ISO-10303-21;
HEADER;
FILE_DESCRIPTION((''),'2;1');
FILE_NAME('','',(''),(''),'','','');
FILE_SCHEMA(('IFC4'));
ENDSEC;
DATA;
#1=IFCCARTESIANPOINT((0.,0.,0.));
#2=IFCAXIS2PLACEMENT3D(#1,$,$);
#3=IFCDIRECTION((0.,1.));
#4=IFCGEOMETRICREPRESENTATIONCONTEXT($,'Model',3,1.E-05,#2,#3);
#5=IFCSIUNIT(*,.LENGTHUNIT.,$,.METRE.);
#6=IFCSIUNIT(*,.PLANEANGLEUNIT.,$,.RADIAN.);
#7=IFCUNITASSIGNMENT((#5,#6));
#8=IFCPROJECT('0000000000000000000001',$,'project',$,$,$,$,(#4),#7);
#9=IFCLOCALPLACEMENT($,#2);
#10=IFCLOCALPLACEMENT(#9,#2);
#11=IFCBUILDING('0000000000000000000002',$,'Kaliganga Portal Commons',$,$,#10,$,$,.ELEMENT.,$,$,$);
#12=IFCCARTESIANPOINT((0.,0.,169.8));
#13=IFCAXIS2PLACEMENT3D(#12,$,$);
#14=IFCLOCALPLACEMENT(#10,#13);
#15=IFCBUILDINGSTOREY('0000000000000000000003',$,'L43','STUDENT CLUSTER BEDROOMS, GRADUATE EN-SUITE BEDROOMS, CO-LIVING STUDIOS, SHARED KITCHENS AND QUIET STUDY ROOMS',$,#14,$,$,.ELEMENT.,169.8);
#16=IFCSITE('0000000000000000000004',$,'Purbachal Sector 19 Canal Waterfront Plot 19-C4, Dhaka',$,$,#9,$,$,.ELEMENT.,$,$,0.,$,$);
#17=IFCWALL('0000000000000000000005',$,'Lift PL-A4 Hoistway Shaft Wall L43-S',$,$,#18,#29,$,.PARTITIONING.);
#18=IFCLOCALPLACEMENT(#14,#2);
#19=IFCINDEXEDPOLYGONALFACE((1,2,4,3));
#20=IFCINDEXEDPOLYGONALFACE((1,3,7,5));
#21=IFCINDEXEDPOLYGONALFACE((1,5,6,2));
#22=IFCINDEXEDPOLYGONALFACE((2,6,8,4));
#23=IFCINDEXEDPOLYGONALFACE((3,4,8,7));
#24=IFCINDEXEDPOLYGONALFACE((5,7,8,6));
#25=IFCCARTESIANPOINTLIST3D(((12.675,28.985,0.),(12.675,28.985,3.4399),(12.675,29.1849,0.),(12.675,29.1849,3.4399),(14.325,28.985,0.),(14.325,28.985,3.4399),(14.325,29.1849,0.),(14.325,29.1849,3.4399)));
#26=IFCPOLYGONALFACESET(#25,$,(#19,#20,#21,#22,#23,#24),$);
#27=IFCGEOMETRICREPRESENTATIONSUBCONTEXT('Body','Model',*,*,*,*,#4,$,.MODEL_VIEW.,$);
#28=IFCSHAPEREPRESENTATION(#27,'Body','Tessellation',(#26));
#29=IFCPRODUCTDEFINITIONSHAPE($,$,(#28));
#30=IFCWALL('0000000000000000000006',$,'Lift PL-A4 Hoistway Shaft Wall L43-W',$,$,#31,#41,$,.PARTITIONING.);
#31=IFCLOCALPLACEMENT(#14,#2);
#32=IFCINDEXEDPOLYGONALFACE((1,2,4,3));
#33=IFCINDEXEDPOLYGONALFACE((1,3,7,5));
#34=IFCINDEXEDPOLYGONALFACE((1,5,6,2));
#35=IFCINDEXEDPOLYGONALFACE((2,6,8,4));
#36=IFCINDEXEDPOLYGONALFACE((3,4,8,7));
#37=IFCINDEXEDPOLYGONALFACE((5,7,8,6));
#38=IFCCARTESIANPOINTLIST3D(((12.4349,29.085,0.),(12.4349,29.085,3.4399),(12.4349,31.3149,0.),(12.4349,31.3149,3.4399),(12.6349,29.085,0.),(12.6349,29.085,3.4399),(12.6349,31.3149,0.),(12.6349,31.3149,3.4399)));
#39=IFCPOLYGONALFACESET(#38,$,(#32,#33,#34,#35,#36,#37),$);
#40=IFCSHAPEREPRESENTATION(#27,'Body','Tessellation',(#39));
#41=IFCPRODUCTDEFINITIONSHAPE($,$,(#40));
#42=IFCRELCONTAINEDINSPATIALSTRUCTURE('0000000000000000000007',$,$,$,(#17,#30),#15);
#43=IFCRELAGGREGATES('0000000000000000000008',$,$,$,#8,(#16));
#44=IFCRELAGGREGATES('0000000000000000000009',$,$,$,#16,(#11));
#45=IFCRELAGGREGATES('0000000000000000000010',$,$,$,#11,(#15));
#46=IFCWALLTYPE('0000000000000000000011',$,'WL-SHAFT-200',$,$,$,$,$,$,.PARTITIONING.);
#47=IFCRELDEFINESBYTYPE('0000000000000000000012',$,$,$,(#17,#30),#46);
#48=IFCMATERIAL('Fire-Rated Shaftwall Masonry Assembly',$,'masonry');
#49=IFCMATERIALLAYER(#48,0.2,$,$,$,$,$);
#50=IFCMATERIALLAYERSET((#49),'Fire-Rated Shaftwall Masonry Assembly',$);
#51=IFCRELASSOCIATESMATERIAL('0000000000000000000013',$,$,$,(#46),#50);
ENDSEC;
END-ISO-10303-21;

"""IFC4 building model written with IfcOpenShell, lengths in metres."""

from ifc_helpers import new_model, si_unit, direction, frame, frame_2d, origin, place, context, subcontext, project, spatial, rectangle, extrude, material, layer, layer_set, type_object, element, save


model = new_model("IFC4")

# Units and contexts
model_context = context("Model", 3, precision=1e-05, world=origin(), true_north=direction((0.0, 1.0)))
body_context = subcontext(model_context, "Body", "Model", "MODEL_VIEW")
ifc_project = project(units=[si_unit("LENGTHUNIT", "METRE"), si_unit("PLANEANGLEUNIT", "RADIAN")], contexts=[model_context])

# Site, building, storey
site_placement = place(None, origin())
site = spatial("IfcSite", under=ifc_project, at=site_placement, Name="Purbachal Sector 19 Canal Waterfront Plot 19-C4, Dhaka", CompositionType="ELEMENT", RefElevation=0.0)
building_placement = place(site_placement, origin())
building = spatial("IfcBuilding", under=site, at=building_placement, Name="Kaliganga Portal Commons", CompositionType="ELEMENT")
storey_placement = place(building_placement, frame((0.0, 0.0, 169.8)))
storey = spatial("IfcBuildingStorey", under=building, at=storey_placement, Name="L43", Description="STUDENT CLUSTER BEDROOMS, GRADUATE EN-SUITE BEDROOMS, CO-LIVING STUDIOS, SHARED KITCHENS AND QUIET STUDY ROOMS", CompositionType="ELEMENT", Elevation=169.8)

# Walls
ifc_material_1 = material(Name="Fire-Rated Shaftwall Masonry Assembly", Category="masonry")
ifc_layer_1 = layer(ifc_material_1, 0.2)
ifc_layer_set_1 = layer_set([ifc_layer_1], Name="Fire-Rated Shaftwall Masonry Assembly")
wall_type_1 = type_object("IfcWallType", Name="WL-SHAFT-200", PredefinedType="PARTITIONING", material=ifc_layer_set_1)
wall_1_placement = place(storey_placement, frame((12.675, 29.085, 0.0), z_axis=(0.0, 0.0, 1.0), x_axis=(1.0, 0.0, 0.0)))
element("IfcWall", 1, at=wall_1_placement, inside=storey, type_object=wall_type_1, Name="Lift PL-A4 Hoistway Shaft Wall L43-S", PredefinedType="PARTITIONING", context=body_context, shape_type="SweptSolid", body=[
    extrude(rectangle(XDim=1.6499, YDim=0.2, at=frame_2d((0.825, 0.0))), origin(), (0.0, 0.0, 1.0), 3.4399),
])
wall_2_placement = place(storey_placement, frame((12.5349, 29.085, 0.0), z_axis=(0.0, 0.0, 1.0), x_axis=(0.0, 1.0, 0.0)))
element("IfcWall", 2, at=wall_2_placement, inside=storey, type_object=wall_type_1, Name="Lift PL-A4 Hoistway Shaft Wall L43-W", PredefinedType="PARTITIONING", context=body_context, shape_type="SweptSolid", body=[
    extrude(rectangle(XDim=2.23, YDim=0.2, at=frame_2d((1.115, 0.0))), origin(), (0.0, 0.0, 1.0), 3.4399),
])

save(model, "model.ifc")
